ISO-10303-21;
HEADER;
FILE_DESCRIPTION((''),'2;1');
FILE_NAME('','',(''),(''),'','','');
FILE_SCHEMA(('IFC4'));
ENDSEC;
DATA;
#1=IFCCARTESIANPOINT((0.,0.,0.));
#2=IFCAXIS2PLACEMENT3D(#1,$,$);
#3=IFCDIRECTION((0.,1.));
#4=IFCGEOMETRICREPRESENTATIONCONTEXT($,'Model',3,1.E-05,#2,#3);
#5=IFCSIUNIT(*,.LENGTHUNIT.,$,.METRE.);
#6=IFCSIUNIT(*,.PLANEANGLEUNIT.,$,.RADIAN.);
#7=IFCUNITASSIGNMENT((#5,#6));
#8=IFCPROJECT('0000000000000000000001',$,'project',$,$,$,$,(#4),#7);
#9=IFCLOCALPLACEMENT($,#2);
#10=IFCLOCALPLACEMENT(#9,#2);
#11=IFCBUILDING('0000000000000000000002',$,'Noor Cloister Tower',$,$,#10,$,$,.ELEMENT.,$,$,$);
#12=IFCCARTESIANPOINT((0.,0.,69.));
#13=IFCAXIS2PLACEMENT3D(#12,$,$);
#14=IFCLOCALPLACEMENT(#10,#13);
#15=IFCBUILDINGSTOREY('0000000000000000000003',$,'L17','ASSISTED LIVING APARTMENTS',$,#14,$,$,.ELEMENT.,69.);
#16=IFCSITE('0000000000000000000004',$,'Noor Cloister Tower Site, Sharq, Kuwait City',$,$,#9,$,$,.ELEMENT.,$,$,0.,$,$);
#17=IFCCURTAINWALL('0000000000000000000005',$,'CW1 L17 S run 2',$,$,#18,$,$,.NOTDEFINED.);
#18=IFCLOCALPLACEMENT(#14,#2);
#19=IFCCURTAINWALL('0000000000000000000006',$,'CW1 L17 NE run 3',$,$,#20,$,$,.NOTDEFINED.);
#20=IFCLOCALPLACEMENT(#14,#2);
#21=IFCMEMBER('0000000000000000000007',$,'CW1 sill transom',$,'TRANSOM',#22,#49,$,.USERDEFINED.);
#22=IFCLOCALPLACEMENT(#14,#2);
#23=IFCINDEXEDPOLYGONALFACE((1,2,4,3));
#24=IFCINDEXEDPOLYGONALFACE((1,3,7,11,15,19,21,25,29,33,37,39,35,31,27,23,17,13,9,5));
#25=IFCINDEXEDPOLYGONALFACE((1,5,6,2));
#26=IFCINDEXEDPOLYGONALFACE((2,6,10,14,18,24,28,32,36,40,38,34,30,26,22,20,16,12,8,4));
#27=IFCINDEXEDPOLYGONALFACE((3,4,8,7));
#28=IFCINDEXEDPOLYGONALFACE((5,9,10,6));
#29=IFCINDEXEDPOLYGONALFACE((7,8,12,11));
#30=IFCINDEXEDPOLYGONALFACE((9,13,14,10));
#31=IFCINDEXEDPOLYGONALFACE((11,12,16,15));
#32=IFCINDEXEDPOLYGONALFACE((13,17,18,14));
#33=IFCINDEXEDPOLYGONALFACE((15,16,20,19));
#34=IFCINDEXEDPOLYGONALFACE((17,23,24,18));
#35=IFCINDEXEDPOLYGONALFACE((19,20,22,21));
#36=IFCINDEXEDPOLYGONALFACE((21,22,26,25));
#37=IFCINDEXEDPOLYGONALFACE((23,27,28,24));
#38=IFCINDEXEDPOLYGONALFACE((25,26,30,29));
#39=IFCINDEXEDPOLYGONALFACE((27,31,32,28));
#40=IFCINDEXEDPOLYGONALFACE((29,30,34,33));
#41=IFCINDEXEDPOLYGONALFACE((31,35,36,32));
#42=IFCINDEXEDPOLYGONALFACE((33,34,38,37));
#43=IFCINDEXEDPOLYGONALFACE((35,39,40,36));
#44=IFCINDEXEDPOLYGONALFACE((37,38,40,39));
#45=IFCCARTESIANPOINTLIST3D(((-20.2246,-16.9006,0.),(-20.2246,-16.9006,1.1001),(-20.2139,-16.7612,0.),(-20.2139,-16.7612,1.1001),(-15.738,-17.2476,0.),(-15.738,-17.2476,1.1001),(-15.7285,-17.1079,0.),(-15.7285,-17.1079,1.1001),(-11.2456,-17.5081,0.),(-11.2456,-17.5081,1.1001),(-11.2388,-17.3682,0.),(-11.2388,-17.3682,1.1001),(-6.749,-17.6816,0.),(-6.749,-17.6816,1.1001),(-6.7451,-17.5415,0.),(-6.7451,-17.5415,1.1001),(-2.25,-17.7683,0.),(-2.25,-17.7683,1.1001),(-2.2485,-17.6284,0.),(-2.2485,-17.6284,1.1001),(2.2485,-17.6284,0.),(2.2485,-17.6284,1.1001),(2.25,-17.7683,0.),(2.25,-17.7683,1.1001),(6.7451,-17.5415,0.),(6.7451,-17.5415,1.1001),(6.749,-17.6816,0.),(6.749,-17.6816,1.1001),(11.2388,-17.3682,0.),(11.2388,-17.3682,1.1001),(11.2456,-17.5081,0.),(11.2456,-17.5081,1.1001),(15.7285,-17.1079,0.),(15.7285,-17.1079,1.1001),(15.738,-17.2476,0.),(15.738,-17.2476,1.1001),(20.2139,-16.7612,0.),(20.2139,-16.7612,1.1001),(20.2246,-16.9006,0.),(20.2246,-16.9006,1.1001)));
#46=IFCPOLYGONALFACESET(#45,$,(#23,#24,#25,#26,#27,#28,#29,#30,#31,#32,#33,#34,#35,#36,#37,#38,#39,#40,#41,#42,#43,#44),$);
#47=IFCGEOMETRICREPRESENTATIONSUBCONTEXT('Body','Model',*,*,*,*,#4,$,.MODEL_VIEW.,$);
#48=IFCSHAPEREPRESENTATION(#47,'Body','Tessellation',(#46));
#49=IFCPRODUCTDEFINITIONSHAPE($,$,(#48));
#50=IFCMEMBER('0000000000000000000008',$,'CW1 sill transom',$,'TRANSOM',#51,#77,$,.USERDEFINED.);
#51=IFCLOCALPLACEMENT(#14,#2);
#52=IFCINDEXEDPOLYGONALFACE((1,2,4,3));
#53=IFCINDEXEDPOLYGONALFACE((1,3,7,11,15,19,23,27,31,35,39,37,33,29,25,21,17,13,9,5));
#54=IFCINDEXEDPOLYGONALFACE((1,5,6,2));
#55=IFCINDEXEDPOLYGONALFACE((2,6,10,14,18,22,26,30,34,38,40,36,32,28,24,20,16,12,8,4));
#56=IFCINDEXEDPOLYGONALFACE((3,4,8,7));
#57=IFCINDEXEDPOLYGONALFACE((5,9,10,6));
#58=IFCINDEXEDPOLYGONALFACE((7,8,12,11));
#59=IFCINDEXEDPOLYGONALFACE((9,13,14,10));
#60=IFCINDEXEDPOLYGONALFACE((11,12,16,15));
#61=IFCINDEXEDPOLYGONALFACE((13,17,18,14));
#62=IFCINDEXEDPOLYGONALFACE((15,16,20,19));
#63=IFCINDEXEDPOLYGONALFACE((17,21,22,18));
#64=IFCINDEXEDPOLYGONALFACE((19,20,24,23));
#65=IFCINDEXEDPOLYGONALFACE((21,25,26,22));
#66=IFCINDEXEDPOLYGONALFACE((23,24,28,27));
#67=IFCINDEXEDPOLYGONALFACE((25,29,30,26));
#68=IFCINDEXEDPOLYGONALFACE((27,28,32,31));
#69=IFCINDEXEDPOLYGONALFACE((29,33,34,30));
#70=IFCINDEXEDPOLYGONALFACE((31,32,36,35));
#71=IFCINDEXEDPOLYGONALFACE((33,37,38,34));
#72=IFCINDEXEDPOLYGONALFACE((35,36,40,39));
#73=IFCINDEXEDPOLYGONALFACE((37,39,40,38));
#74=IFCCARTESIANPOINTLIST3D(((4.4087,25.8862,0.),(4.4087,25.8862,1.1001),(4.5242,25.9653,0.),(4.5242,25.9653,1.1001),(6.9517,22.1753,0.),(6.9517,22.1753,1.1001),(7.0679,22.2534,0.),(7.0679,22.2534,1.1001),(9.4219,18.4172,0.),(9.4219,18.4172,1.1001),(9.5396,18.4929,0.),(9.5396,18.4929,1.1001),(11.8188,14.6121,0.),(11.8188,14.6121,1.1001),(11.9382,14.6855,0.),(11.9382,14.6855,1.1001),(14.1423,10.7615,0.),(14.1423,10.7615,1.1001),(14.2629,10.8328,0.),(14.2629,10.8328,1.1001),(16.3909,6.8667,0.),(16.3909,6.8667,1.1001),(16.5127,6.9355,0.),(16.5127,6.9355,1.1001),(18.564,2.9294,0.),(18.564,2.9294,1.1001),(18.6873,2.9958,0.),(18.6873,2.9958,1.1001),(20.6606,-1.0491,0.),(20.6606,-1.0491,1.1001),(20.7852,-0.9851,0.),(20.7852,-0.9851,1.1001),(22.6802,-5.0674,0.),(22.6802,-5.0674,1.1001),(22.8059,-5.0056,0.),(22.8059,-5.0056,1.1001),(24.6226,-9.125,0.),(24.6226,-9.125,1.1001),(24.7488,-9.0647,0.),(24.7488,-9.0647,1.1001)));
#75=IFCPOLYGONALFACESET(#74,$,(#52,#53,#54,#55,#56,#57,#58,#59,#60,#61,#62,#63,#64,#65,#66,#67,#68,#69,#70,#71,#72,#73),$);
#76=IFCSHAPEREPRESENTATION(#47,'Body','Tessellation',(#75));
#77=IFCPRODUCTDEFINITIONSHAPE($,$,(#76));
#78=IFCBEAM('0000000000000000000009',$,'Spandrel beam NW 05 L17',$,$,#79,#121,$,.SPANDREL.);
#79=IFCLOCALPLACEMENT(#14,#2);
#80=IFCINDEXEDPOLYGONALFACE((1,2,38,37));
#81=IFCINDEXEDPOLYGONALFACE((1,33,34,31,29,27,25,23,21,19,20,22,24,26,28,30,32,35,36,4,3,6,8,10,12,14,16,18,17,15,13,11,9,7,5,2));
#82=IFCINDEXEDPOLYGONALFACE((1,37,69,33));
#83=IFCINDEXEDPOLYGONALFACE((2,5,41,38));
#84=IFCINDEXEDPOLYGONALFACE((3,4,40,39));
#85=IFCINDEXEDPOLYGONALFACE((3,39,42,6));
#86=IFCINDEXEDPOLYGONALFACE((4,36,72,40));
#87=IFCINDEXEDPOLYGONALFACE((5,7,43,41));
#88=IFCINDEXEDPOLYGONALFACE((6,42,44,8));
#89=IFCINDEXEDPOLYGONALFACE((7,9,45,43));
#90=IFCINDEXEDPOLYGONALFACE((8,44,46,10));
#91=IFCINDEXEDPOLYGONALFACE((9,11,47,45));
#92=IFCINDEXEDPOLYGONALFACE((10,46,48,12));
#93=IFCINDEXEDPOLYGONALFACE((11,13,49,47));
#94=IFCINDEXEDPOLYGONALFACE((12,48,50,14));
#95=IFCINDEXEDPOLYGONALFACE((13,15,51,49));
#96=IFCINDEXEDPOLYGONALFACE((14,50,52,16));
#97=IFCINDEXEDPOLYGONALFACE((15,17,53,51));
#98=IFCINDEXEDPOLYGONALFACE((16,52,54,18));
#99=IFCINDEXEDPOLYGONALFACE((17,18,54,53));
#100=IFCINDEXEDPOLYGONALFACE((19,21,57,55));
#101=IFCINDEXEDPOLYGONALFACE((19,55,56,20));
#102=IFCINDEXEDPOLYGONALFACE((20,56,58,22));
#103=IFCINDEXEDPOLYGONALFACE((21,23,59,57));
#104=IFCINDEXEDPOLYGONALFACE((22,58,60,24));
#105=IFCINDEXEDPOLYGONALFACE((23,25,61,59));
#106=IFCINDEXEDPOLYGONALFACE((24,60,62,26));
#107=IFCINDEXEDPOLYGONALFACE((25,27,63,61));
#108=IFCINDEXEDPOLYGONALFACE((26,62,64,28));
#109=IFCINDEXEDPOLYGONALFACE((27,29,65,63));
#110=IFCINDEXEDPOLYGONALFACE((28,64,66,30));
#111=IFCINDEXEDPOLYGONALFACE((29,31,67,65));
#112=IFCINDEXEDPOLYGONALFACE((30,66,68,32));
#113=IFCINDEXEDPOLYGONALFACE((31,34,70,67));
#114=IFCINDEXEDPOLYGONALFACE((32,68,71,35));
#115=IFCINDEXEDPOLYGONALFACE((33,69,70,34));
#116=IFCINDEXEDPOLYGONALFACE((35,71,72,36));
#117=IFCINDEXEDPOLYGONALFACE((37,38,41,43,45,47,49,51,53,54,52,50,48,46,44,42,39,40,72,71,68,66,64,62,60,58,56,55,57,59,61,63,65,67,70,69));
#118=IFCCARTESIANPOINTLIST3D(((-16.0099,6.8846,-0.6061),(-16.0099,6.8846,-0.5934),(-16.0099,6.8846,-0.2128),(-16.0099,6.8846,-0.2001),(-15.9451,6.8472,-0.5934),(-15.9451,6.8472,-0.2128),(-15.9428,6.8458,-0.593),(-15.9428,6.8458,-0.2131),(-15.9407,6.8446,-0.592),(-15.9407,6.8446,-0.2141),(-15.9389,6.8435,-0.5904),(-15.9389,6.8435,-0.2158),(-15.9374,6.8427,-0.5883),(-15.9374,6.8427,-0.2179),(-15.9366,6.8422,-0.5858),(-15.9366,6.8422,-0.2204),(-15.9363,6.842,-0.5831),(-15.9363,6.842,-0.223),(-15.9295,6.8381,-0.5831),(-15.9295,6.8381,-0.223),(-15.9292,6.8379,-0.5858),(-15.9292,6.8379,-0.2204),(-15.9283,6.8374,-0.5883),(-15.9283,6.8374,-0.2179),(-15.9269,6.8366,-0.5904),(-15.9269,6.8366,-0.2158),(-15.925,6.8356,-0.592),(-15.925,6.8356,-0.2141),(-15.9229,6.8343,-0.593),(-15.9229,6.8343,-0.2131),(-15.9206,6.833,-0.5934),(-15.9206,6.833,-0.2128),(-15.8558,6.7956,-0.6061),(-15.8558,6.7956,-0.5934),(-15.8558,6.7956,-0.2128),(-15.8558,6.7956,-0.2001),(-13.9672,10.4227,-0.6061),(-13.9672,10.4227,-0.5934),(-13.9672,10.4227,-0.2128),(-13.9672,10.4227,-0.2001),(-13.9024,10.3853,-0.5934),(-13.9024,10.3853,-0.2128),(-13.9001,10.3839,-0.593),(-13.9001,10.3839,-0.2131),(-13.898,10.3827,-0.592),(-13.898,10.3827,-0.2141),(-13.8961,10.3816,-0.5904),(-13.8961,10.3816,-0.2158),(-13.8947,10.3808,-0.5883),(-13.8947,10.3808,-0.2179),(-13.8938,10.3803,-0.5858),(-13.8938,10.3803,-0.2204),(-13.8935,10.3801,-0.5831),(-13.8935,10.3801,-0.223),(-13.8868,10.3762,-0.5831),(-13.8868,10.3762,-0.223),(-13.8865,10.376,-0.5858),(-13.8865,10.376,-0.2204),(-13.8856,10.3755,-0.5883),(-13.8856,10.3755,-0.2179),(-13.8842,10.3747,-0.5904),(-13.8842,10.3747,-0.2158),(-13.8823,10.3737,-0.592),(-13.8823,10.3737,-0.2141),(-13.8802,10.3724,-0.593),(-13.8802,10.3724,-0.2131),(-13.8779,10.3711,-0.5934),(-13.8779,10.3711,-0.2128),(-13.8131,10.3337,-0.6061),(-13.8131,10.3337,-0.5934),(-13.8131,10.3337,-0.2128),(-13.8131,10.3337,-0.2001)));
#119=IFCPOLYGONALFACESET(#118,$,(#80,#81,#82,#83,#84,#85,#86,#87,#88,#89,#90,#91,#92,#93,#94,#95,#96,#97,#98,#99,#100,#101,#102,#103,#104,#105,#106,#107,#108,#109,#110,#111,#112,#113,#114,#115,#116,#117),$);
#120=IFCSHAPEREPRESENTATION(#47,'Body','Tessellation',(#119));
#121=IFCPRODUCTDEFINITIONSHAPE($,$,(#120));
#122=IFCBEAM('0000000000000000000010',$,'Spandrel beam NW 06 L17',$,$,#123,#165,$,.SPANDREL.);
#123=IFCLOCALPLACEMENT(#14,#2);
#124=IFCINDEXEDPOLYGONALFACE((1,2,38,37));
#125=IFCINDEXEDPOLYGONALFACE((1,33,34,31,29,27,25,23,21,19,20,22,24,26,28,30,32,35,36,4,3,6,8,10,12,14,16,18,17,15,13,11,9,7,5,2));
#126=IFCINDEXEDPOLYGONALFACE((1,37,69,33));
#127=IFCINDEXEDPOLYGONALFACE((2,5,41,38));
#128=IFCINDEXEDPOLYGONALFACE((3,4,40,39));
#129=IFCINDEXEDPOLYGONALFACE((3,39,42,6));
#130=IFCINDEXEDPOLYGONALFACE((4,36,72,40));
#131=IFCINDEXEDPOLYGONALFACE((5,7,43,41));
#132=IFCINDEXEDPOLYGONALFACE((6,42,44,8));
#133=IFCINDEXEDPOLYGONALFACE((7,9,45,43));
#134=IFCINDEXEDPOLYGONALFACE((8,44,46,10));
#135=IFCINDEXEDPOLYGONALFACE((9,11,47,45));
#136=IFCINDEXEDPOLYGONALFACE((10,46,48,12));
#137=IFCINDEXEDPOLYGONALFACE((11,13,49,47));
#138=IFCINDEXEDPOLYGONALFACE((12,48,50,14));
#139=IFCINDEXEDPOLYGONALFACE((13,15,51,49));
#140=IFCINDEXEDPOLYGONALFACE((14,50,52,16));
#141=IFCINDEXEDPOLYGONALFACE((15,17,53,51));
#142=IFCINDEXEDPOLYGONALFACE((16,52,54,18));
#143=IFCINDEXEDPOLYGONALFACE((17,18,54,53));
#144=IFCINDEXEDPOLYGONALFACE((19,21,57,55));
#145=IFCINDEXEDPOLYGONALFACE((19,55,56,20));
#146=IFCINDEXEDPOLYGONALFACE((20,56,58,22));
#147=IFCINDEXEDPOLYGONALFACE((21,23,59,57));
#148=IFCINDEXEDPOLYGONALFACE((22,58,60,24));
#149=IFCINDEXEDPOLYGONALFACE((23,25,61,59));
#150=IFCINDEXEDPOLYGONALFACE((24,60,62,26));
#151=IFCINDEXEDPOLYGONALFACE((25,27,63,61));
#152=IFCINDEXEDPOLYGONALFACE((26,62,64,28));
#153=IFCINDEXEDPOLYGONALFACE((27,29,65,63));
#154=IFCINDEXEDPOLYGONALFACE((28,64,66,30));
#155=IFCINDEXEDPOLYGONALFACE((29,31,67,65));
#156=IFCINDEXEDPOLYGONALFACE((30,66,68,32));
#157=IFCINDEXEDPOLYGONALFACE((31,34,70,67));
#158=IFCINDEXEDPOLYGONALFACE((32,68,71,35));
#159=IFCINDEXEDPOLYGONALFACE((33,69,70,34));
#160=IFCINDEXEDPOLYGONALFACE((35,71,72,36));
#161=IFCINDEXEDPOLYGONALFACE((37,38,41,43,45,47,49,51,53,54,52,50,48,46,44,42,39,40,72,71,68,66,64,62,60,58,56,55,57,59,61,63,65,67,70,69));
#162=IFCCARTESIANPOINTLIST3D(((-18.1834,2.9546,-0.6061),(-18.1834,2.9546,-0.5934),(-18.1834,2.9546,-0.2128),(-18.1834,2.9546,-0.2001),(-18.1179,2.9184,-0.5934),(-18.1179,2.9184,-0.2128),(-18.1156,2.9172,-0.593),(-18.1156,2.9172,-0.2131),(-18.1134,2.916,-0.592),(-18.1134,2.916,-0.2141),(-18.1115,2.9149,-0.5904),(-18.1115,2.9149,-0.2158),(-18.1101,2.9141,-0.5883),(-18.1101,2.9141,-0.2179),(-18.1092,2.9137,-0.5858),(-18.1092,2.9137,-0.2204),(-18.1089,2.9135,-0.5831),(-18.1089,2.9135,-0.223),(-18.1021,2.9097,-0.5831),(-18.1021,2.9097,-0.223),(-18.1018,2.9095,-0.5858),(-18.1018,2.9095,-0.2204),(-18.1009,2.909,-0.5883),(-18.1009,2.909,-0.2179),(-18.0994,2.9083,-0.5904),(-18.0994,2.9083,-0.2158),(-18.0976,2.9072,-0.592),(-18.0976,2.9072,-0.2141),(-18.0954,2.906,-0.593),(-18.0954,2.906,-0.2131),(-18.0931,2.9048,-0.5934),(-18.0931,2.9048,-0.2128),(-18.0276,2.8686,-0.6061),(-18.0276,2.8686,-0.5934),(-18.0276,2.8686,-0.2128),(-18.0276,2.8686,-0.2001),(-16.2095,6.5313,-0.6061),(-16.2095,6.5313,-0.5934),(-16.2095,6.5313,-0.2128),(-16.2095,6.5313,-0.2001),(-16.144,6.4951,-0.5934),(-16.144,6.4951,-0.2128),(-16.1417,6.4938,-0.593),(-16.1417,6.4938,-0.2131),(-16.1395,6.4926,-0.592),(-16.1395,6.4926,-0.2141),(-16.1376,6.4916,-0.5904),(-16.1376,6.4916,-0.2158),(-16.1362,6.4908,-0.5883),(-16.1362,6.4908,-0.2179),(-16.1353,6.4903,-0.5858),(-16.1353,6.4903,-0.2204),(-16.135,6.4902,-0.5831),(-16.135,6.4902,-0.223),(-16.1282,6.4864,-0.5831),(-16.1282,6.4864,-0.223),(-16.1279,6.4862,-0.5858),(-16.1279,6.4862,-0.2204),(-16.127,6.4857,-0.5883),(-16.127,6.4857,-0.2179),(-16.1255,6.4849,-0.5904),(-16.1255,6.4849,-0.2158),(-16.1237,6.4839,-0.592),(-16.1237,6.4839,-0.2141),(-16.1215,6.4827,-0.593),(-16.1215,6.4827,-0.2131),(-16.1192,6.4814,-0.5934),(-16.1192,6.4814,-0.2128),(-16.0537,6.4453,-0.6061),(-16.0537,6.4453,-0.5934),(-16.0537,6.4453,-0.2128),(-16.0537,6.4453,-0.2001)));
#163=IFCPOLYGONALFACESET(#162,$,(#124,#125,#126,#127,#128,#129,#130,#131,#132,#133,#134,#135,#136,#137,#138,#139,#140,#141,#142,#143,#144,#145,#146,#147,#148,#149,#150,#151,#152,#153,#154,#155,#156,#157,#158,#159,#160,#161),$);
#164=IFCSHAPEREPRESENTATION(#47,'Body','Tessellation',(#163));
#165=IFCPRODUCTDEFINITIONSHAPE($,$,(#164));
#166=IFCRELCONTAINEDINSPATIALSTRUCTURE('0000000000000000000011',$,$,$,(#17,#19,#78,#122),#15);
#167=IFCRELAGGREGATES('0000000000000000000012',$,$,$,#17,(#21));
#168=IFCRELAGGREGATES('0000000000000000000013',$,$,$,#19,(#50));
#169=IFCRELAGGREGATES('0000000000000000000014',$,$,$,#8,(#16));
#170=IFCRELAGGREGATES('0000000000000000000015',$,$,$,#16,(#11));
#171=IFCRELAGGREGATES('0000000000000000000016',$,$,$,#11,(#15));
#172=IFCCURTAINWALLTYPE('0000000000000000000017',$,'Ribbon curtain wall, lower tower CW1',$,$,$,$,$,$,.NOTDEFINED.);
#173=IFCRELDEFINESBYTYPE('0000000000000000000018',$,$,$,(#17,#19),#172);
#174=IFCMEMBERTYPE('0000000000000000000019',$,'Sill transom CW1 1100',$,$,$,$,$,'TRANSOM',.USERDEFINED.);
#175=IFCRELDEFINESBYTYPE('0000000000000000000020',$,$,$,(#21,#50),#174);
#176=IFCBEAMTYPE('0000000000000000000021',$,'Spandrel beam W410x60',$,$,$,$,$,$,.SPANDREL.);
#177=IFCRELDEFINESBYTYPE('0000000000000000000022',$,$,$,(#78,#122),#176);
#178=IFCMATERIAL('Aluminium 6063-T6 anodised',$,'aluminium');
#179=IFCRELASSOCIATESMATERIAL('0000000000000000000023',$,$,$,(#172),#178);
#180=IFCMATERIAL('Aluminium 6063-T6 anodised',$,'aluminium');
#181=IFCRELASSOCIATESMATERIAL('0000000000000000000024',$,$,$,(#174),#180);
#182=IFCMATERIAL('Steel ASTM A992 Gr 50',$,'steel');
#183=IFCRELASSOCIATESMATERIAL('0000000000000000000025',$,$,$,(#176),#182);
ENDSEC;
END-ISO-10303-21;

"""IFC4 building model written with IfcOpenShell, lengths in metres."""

from ifc_helpers import new_model, si_unit, direction, frame, origin, origin_2d, place, context, subcontext, project, spatial, polyline, i_section, outline, extrude, material, material_profile, profile_set, type_object, element, aggregate, save


model = new_model("IFC4")

# Units and contexts
model_context = context("Model", 3, precision=1e-05, world=origin(), true_north=direction((0.0, 1.0)))
body_context = subcontext(model_context, "Body", "Model", "MODEL_VIEW")
ifc_project = project(units=[si_unit("LENGTHUNIT", "METRE"), si_unit("PLANEANGLEUNIT", "RADIAN")], contexts=[model_context])

# Site, building, storey
site_placement = place(None, origin())
site = spatial("IfcSite", under=ifc_project, at=site_placement, Name="Noor Cloister Tower Site, Sharq, Kuwait City", CompositionType="ELEMENT", RefElevation=0.0)
building_placement = place(site_placement, origin())
building = spatial("IfcBuilding", under=site, at=building_placement, Name="Noor Cloister Tower", CompositionType="ELEMENT")
storey_placement = place(building_placement, frame((0.0, 0.0, 69.0)))
storey = spatial("IfcBuildingStorey", under=building, at=storey_placement, Name="L17", Description="ASSISTED LIVING APARTMENTS", CompositionType="ELEMENT", Elevation=69.0)

# Curtain walls
ifc_material_1 = material(Name="Aluminium 6063-T6 anodised", Category="aluminium")
curtain_wall_type = type_object("IfcCurtainWallType", Name="Ribbon curtain wall, lower tower CW1", PredefinedType="NOTDEFINED", material=ifc_material_1)
curtain_wall_1_placement = place(storey_placement, origin())
curtain_wall_1 = element("IfcCurtainWall", 1, at=curtain_wall_1_placement, inside=storey, type_object=curtain_wall_type, Name="CW1 L17 S run 2", PredefinedType="NOTDEFINED")
curtain_wall_2_placement = place(storey_placement, origin())
curtain_wall_2 = element("IfcCurtainWall", 2, at=curtain_wall_2_placement, inside=storey, type_object=curtain_wall_type, Name="CW1 L17 NE run 3", PredefinedType="NOTDEFINED")

# Members
ifc_material_2 = material(Name="Aluminium 6063-T6 anodised", Category="aluminium")
member_type_1 = type_object("IfcMemberType", Name="Sill transom CW1 1100", ElementType="TRANSOM", PredefinedType="USERDEFINED", material=ifc_material_2)
member_1_placement = place(storey_placement, origin())
member_1 = element("IfcMember", 3, at=member_1_placement, type_object=member_type_1, Name="CW1 sill transom", ObjectType="TRANSOM", PredefinedType="USERDEFINED", context=body_context, shape_type="SweptSolid", body=[
    extrude(outline(polyline([(-20.2246, -16.9006), (-15.738, -17.2476), (-11.2456, -17.5081), (-6.749, -17.6816), (-2.25, -17.7683), (2.25, -17.7683), (6.749, -17.6816), (11.2456, -17.5081), (15.738, -17.2476), (20.2246, -16.9006), (20.2139, -16.7612), (15.7285, -17.1079), (11.2388, -17.3682), (6.7451, -17.5415), (2.2485, -17.6284), (-2.2485, -17.6284), (-6.7451, -17.5415), (-11.2388, -17.3682), (-15.7285, -17.1079), (-20.2139, -16.7612), (-20.2246, -16.9006)])), origin(), (0.0, 0.0, 1.0), 1.1001),
])
aggregate(curtain_wall_1, [member_1])
member_2_placement = place(storey_placement, origin())
member_2 = element("IfcMember", 4, at=member_2_placement, type_object=member_type_1, Name="CW1 sill transom", ObjectType="TRANSOM", PredefinedType="USERDEFINED", context=body_context, shape_type="SweptSolid", body=[
    extrude(outline(polyline([(24.7488, -9.0647), (22.8059, -5.0056), (20.7852, -0.9851), (18.6873, 2.9958), (16.5127, 6.9355), (14.2629, 10.8328), (11.9382, 14.6855), (9.5396, 18.4929), (7.0679, 22.2534), (4.5242, 25.9653), (4.4087, 25.8862), (6.9517, 22.1753), (9.4219, 18.4172), (11.8188, 14.6121), (14.1423, 10.7615), (16.3909, 6.8667), (18.564, 2.9294), (20.6606, -1.0491), (22.6802, -5.0674), (24.6226, -9.125), (24.7488, -9.0647)])), origin(), (0.0, 0.0, 1.0), 1.1001),
])
aggregate(curtain_wall_2, [member_2])

# Beams
ifc_material_3 = material(Name="Steel ASTM A992 Gr 50", Category="steel")
ifc_material_profile_1 = material_profile(ifc_material_3, i_section(OverallWidth=0.178, OverallDepth=0.406, WebThickness=0.0078, FlangeThickness=0.0127, FilletRadius=0.0103, at=origin_2d()), Name="W410x60")
ifc_profile_set_1 = profile_set([ifc_material_profile_1], Name="Steel ASTM A992 Gr 50")
beam_type_1 = type_object("IfcBeamType", Name="Spandrel beam W410x60", PredefinedType="SPANDREL", material=ifc_profile_set_1)
beam_1_placement = place(storey_placement, frame((-13.8901, 10.3782, -0.4031), z_axis=(-0.500002, -0.866024, 0.0), x_axis=(0.866024, -0.500002, 0.0)))
element("IfcBeam", 5, at=beam_1_placement, inside=storey, type_object=beam_type_1, Name="Spandrel beam NW 05 L17", PredefinedType="SPANDREL", context=body_context, shape_type="SweptSolid", body=[
    extrude(i_section(OverallWidth=0.178, OverallDepth=0.406, WebThickness=0.0078, FlangeThickness=0.0127, FilletRadius=0.0103, at=origin_2d()), origin(), (0.0, 0.0, 1.0), 4.0854),
])
beam_2_placement = place(storey_placement, frame((-16.1316, 6.4883, -0.4031), z_axis=(-0.48318, -0.875521, 0.0), x_axis=(0.875521, -0.48318, 0.0)))
element("IfcBeam", 6, at=beam_2_placement, inside=storey, type_object=beam_type_1, Name="Spandrel beam NW 06 L17", PredefinedType="SPANDREL", context=body_context, shape_type="SweptSolid", body=[
    extrude(i_section(OverallWidth=0.178, OverallDepth=0.406, WebThickness=0.0078, FlangeThickness=0.0127, FilletRadius=0.0103, at=origin_2d()), origin(), (0.0, 0.0, 1.0), 4.0852),
])

save(model, "model.ifc")
